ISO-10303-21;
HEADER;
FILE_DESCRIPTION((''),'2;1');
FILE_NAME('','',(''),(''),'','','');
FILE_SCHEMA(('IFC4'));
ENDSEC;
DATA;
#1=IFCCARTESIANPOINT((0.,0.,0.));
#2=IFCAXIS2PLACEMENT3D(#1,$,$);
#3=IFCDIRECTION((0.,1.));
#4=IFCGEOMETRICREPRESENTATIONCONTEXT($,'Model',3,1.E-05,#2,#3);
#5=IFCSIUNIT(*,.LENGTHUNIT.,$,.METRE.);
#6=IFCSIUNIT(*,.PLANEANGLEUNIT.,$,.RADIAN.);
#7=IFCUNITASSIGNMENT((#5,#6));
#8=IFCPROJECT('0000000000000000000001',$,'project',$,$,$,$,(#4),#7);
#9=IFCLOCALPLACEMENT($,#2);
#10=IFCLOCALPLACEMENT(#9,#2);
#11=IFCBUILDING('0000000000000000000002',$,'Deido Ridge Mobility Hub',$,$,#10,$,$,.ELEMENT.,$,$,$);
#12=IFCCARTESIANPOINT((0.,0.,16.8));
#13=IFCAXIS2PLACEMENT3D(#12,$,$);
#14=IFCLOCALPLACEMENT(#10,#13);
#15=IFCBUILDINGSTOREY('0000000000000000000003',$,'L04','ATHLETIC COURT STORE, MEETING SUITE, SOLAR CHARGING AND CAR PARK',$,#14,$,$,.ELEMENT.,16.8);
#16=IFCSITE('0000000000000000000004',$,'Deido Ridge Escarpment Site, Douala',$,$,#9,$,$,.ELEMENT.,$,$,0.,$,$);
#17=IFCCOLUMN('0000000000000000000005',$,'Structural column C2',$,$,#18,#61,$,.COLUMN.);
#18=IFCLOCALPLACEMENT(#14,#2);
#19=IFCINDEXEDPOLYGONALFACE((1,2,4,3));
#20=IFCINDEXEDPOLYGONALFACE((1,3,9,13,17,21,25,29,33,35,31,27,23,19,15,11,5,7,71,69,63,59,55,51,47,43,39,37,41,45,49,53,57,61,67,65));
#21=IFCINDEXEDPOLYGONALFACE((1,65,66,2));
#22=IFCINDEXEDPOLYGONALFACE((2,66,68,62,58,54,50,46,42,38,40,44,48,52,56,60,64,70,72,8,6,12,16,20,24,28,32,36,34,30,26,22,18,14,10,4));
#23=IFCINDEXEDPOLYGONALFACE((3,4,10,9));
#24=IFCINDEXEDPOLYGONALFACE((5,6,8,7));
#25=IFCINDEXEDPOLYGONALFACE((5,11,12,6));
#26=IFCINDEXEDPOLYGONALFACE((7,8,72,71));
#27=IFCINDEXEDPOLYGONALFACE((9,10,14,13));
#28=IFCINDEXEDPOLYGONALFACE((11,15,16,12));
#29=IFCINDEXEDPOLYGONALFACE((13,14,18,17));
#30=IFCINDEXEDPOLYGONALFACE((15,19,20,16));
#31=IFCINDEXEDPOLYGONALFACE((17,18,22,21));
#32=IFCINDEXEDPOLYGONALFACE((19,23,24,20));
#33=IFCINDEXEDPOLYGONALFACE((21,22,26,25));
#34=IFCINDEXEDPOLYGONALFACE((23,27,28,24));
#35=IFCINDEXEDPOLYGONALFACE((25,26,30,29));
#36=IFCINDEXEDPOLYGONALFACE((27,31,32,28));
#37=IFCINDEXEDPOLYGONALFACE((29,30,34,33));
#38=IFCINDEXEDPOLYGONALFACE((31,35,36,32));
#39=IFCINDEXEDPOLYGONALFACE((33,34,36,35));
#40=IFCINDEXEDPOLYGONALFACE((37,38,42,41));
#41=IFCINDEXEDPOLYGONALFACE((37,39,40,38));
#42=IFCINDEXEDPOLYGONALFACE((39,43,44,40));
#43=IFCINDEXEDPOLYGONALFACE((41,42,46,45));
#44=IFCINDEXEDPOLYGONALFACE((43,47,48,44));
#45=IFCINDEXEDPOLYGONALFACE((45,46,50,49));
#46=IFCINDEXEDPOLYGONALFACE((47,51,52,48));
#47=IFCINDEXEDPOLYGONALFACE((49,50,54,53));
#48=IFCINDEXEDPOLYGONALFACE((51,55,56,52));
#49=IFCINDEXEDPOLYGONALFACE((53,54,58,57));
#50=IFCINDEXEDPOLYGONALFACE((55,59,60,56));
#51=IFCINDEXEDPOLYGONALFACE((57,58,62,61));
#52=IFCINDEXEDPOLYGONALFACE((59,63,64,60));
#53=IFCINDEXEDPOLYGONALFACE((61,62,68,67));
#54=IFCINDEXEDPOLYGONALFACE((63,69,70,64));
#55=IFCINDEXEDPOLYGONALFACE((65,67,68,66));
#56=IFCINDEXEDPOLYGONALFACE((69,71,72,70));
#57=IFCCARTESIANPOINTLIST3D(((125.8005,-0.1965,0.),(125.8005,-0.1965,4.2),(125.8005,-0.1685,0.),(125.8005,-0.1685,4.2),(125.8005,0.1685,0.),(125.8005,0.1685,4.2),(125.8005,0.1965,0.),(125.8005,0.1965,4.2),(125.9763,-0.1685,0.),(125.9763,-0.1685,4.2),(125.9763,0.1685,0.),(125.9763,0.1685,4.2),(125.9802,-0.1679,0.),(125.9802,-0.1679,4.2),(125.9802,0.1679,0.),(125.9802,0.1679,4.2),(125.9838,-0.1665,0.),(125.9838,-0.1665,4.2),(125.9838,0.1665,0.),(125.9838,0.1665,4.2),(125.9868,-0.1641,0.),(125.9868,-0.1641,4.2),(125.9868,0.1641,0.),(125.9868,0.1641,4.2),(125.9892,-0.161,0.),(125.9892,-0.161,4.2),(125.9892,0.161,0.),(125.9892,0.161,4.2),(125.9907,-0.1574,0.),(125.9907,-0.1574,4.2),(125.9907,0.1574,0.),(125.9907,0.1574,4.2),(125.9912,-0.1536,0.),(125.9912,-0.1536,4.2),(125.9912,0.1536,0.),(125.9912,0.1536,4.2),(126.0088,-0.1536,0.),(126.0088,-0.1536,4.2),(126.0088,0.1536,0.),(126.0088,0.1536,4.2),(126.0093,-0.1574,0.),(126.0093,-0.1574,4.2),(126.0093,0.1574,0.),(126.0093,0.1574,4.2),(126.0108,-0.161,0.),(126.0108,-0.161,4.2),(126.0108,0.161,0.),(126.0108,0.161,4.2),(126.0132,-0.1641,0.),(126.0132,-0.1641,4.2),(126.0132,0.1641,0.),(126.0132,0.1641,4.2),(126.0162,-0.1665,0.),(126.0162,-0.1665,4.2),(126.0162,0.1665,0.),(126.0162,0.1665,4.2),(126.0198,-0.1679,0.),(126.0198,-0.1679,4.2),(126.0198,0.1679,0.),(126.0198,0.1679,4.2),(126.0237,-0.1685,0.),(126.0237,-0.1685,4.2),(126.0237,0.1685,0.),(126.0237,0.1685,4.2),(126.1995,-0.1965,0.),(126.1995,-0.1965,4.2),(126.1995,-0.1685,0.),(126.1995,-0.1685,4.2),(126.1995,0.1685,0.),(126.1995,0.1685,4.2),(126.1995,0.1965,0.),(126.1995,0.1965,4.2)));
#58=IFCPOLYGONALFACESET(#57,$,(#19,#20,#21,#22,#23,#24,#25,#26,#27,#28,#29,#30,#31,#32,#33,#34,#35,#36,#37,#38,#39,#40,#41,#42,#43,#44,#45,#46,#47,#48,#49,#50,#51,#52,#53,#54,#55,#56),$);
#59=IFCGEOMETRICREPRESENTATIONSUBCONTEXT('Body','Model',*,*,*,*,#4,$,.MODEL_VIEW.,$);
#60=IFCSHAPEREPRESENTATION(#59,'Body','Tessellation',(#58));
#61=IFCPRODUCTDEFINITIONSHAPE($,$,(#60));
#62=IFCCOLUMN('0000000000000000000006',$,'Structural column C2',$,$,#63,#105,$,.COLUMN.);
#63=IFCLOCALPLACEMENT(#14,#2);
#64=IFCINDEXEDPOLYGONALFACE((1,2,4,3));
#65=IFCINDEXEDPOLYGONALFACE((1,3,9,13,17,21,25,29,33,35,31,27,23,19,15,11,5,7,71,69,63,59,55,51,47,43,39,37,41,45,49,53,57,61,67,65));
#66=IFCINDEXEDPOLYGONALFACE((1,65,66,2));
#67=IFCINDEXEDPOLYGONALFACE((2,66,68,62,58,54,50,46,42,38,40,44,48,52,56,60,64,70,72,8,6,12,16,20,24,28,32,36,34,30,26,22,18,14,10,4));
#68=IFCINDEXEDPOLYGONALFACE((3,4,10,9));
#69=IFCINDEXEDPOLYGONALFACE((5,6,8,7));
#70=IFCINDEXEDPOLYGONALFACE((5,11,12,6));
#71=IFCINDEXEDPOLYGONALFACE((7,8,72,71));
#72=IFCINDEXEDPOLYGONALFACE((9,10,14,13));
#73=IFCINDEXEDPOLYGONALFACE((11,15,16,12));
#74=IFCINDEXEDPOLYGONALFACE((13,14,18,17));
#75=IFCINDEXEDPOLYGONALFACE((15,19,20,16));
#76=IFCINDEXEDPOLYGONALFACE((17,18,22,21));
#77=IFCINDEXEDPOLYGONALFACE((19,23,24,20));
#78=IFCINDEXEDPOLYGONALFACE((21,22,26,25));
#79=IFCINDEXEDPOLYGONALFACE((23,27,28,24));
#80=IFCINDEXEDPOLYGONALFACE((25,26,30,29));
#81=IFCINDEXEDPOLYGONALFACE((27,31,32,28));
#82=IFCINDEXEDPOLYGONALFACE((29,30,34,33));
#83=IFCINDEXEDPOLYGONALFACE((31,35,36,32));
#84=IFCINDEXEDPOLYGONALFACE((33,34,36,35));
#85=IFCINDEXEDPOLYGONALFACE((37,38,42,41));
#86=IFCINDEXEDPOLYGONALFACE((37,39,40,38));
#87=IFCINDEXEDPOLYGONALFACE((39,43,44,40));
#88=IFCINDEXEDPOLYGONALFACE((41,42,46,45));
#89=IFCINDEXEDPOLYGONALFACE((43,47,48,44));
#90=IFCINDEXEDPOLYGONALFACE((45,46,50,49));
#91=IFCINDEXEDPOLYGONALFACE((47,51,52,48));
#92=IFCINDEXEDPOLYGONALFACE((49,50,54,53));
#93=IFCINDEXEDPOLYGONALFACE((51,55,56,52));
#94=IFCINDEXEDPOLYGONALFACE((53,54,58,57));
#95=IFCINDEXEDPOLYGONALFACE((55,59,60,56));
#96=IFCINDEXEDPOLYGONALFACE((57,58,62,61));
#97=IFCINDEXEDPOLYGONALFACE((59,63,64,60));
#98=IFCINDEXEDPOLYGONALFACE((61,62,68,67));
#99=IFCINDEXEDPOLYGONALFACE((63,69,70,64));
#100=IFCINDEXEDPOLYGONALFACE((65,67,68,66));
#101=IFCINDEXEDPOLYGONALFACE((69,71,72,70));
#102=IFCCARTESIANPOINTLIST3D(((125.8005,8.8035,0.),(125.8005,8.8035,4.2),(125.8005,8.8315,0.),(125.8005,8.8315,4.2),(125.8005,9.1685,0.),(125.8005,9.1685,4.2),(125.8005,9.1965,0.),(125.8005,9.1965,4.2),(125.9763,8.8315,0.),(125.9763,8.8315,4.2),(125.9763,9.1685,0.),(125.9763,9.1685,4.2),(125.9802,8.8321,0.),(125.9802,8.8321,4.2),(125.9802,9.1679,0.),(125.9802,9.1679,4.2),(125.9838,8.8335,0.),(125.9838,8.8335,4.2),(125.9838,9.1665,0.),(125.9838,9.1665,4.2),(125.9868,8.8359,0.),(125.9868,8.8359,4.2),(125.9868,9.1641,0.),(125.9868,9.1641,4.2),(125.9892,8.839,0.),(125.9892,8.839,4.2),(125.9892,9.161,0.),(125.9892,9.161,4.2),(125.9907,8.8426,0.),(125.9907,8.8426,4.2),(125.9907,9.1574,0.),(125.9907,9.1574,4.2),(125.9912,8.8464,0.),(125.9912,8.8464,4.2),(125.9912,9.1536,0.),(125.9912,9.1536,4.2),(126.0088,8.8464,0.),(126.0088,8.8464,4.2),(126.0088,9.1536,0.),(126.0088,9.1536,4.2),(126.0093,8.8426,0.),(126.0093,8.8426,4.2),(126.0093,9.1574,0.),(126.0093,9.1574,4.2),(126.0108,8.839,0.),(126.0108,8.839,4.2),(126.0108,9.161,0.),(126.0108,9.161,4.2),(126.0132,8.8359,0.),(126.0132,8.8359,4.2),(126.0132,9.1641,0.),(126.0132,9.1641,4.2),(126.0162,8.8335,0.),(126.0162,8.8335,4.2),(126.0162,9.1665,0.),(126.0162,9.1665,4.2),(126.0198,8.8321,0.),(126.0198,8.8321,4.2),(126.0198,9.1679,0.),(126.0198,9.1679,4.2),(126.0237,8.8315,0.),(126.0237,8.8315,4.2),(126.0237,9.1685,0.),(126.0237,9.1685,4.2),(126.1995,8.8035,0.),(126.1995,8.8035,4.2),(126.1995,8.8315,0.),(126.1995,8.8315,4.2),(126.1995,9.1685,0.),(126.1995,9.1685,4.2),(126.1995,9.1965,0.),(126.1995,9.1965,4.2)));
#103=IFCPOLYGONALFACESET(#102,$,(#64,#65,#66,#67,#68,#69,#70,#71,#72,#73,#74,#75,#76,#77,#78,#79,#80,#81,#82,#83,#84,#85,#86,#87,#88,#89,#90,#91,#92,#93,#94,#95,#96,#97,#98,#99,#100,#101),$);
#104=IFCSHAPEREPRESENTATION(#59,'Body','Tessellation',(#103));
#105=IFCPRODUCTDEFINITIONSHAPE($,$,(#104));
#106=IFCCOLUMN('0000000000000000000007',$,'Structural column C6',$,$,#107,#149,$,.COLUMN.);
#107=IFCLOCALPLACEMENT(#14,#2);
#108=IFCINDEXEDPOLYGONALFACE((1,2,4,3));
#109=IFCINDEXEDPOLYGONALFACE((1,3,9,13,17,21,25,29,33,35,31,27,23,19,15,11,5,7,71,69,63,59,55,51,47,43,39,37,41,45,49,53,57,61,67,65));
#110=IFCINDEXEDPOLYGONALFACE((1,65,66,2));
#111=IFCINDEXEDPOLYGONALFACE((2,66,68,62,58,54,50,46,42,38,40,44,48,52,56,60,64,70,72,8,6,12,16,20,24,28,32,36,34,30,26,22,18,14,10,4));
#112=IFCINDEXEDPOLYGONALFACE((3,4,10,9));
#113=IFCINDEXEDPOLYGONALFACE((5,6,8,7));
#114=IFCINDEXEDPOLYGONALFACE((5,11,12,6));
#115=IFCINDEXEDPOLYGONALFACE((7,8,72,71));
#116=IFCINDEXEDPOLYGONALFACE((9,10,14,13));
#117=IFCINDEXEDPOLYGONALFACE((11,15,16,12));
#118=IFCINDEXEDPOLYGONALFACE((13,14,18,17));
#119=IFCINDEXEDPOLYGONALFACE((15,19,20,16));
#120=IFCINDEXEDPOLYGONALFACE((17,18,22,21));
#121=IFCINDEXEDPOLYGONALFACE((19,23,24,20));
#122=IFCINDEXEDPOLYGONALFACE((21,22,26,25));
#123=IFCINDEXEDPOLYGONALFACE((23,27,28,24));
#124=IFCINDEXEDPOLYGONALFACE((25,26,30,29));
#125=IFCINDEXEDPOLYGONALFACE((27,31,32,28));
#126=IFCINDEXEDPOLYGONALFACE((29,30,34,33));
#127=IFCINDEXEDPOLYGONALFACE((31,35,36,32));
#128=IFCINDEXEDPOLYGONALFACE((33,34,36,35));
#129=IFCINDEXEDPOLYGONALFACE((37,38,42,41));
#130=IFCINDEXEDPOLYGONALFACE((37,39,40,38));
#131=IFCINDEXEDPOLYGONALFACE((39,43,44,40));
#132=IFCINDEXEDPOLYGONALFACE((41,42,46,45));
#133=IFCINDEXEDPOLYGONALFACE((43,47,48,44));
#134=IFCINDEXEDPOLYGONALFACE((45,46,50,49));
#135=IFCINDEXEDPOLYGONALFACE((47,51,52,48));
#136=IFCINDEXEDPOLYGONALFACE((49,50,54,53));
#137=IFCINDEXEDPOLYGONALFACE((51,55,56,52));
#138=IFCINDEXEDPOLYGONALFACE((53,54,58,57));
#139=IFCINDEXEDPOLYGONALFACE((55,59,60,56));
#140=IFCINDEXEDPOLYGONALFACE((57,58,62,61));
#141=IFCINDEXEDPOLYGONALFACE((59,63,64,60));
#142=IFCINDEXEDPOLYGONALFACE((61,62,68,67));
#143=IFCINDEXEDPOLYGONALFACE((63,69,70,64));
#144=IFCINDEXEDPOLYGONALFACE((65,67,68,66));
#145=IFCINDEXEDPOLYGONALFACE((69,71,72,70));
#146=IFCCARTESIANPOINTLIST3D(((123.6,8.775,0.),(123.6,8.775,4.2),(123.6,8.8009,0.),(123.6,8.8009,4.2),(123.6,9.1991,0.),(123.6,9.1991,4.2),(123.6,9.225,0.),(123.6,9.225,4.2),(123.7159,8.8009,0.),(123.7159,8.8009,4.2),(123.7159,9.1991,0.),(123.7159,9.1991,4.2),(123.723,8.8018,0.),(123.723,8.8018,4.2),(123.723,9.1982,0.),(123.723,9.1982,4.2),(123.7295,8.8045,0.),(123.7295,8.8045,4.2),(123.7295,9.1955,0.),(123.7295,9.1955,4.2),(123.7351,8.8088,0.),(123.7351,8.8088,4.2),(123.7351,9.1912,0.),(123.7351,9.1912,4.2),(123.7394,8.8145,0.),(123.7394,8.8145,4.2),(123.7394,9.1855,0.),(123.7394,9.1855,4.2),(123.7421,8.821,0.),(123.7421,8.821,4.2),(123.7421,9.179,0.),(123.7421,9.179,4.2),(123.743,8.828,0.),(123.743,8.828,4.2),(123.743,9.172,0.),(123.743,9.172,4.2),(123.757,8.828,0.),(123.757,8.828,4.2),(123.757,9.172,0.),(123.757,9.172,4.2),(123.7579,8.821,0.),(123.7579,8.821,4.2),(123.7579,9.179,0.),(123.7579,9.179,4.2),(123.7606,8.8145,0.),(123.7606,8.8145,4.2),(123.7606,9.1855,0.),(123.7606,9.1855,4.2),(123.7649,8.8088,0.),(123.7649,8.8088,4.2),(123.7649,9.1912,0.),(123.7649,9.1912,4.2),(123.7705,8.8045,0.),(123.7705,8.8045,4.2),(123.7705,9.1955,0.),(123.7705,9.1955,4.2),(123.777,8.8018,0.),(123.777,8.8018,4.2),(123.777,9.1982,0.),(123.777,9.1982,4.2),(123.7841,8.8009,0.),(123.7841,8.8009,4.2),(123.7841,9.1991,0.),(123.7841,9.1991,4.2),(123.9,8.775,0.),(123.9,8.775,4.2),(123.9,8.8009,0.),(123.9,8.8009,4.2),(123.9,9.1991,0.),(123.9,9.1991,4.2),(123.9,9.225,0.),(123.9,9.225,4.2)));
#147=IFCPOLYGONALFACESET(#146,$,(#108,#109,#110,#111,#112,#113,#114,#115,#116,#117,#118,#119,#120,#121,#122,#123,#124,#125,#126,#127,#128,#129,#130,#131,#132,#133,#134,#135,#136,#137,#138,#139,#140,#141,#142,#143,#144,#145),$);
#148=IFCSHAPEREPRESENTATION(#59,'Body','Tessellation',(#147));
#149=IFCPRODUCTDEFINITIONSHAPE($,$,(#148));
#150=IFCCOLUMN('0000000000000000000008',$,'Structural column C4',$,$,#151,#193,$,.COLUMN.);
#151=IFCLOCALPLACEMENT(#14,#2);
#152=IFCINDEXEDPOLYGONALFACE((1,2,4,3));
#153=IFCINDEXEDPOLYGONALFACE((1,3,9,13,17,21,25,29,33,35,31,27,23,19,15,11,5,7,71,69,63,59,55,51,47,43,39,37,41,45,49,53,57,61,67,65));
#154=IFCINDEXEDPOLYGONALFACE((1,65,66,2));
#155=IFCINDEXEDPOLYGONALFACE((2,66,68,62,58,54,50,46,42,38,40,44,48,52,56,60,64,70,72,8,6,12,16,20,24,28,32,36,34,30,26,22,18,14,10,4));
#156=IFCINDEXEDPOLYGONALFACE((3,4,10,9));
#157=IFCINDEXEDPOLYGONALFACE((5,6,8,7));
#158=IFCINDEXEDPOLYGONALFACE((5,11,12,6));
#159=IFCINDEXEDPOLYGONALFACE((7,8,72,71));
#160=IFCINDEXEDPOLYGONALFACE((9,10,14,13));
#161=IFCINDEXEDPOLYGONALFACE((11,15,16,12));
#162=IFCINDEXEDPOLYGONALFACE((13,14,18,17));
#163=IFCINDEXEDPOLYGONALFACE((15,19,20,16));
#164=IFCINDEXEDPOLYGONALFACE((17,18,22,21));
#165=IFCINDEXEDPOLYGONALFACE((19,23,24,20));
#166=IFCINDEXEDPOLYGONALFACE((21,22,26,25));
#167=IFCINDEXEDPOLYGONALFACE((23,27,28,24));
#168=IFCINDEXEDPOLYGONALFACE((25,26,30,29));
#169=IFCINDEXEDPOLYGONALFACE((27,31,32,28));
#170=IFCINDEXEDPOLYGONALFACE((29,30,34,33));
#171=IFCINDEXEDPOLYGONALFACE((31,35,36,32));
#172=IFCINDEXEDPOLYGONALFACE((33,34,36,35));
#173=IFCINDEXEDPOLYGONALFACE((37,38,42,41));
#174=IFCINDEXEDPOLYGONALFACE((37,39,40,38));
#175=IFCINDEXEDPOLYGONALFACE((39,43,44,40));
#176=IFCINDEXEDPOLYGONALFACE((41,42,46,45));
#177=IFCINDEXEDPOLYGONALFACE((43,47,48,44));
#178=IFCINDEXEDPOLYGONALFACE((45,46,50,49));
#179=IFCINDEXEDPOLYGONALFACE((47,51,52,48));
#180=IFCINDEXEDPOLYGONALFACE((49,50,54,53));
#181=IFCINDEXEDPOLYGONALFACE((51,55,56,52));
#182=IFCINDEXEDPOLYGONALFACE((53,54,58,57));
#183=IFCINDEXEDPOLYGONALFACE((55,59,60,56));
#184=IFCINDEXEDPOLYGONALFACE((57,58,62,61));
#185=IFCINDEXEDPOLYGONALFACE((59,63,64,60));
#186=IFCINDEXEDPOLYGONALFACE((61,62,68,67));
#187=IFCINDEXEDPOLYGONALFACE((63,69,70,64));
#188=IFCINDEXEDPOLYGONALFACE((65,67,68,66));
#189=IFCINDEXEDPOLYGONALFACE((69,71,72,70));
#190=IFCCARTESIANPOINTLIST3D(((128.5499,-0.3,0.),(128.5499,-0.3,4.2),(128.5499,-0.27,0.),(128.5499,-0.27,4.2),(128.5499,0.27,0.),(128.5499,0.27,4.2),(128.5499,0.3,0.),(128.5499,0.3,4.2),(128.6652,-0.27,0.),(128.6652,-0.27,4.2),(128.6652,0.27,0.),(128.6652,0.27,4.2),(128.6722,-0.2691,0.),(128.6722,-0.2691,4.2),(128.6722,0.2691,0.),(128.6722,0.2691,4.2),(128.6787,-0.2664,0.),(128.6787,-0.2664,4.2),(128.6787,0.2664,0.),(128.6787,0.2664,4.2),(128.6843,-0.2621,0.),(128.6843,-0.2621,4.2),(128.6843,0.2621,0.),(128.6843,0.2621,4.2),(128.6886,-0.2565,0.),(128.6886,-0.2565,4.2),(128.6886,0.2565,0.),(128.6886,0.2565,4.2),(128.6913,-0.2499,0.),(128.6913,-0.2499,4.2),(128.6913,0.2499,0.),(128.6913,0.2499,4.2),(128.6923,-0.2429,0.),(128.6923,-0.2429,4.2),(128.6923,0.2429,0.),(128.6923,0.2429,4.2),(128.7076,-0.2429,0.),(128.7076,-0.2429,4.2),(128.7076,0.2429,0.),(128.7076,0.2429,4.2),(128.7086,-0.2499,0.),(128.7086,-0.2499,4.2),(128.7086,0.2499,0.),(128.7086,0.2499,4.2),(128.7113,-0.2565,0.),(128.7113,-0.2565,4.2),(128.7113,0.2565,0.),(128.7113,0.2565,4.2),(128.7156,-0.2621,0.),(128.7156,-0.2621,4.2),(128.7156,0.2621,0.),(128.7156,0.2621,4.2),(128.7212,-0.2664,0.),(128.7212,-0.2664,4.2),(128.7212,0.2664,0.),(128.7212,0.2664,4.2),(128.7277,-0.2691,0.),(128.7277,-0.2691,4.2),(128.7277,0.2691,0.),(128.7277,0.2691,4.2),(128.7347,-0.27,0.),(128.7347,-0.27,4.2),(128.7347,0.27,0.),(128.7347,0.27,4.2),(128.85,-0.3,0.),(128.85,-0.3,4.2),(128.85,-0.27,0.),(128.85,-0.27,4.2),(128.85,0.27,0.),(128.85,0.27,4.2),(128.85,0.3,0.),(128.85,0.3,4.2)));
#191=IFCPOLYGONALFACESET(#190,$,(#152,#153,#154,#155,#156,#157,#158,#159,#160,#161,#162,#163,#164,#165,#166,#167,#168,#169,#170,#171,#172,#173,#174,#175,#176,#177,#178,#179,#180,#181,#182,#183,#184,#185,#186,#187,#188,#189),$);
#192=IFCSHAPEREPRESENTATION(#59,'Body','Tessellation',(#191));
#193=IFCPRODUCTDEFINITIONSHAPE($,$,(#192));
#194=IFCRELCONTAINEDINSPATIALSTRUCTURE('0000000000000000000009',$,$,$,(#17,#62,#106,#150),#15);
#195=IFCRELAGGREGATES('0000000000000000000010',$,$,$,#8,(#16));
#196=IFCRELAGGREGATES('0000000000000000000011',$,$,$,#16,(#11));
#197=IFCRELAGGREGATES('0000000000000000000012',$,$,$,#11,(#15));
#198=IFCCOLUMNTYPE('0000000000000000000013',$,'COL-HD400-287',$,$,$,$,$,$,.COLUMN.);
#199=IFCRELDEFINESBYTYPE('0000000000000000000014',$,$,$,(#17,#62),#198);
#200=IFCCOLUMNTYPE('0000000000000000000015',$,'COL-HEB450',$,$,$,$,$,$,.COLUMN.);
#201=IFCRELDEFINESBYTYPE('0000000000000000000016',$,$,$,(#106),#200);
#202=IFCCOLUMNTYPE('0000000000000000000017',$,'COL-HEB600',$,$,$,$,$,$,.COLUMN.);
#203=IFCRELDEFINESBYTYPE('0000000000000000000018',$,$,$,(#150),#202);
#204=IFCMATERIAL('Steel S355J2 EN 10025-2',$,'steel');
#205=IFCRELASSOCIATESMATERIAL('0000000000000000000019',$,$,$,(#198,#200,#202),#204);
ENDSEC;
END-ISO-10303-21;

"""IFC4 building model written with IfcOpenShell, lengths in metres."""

from ifc_helpers import new_model, si_unit, direction, frame, origin, origin_2d, place, context, subcontext, project, spatial, i_section, extrude, material, material_profile, profile_set, type_object, element, save


model = new_model("IFC4")

# Units and contexts
model_context = context("Model", 3, precision=1e-05, world=origin(), true_north=direction((0.0, 1.0)))
body_context = subcontext(model_context, "Body", "Model", "MODEL_VIEW")
ifc_project = project(units=[si_unit("LENGTHUNIT", "METRE"), si_unit("PLANEANGLEUNIT", "RADIAN")], contexts=[model_context])

# Site, building, storey
site_placement = place(None, origin())
site = spatial("IfcSite", under=ifc_project, at=site_placement, Name="Deido Ridge Escarpment Site, Douala", CompositionType="ELEMENT", RefElevation=0.0)
building_placement = place(site_placement, origin())
building = spatial("IfcBuilding", under=site, at=building_placement, Name="Deido Ridge Mobility Hub", CompositionType="ELEMENT")
storey_placement = place(building_placement, frame((0.0, 0.0, 16.8)))
storey = spatial("IfcBuildingStorey", under=building, at=storey_placement, Name="L04", Description="ATHLETIC COURT STORE, MEETING SUITE, SOLAR CHARGING AND CAR PARK", CompositionType="ELEMENT", Elevation=16.8)

# Columns
ifc_material_1 = material(Name="Steel S355J2 EN 10025-2", Category="steel")
ifc_material_profile_1 = material_profile(ifc_material_1, i_section(OverallWidth=0.3989, OverallDepth=0.3931, WebThickness=0.0176, FlangeThickness=0.0281, FilletRadius=0.0149, at=origin_2d()), Name="HD 400x287")
ifc_profile_set_1 = profile_set([ifc_material_profile_1], Name="Steel S355J2 EN 10025-2")
column_type_1 = type_object("IfcColumnType", Name="COL-HD400-287", PredefinedType="COLUMN", material=ifc_profile_set_1)
for number, where, z_axis, x_axis, name in (
    (1, (126.0, 0.0, 0.0), (0.0, 0.0, 1.0), (1.0, 0.0, 0.0), "Structural column C2"),
    (2, (126.0, 9.0, 0.0), (0.0, 0.0, 1.0), (1.0, 0.0, 0.0), "Structural column C2"),
):
    element("IfcColumn", number, at=place(storey_placement, frame(where, z_axis=z_axis, x_axis=x_axis)), inside=storey, type_object=column_type_1, Name=name, PredefinedType="COLUMN", context=body_context, shape_type="SweptSolid", body=[
        extrude(i_section(OverallWidth=0.3989, OverallDepth=0.3931, WebThickness=0.0176, FlangeThickness=0.0281, FilletRadius=0.0149, at=origin_2d()), origin(), (0.0, 0.0, 1.0), 4.2),
    ])
ifc_material_profile_2 = material_profile(ifc_material_1, i_section(OverallWidth=0.3, OverallDepth=0.45, WebThickness=0.0139, FlangeThickness=0.0259, FilletRadius=0.0271, at=origin_2d()), Name="HEB 450")
ifc_profile_set_2 = profile_set([ifc_material_profile_2], Name="Steel S355J2 EN 10025-2")
column_type_2 = type_object("IfcColumnType", Name="COL-HEB450", PredefinedType="COLUMN", material=ifc_profile_set_2)
column_placement = place(storey_placement, frame((123.75, 9.0, 0.0), z_axis=(0.0, 0.0, 1.0), x_axis=(1.0, 0.0, 0.0)))
element("IfcColumn", 3, at=column_placement, inside=storey, type_object=column_type_2, Name="Structural column C6", PredefinedType="COLUMN", context=body_context, shape_type="SweptSolid", body=[
    extrude(i_section(OverallWidth=0.3, OverallDepth=0.45, WebThickness=0.0139, FlangeThickness=0.0259, FilletRadius=0.0271, at=origin_2d()), origin(), (0.0, 0.0, 1.0), 4.2),
])
ifc_material_profile_3 = material_profile(ifc_material_1, i_section(OverallWidth=0.3, OverallDepth=0.6001, WebThickness=0.0154, FlangeThickness=0.03, FilletRadius=0.0271, at=origin_2d()), Name="HEB 600")
ifc_profile_set_3 = profile_set([ifc_material_profile_3], Name="Steel S355J2 EN 10025-2")
column_type_3 = type_object("IfcColumnType", Name="COL-HEB600", PredefinedType="COLUMN", material=ifc_profile_set_3)
for number, where, z_axis, x_axis, name in (
    (4, (128.7, 0.0, 0.0), (0.0, 0.0, 1.0), (1.0, 0.0, 0.0), "Structural column C4"),
):
    element("IfcColumn", number, at=place(storey_placement, frame(where, z_axis=z_axis, x_axis=x_axis)), inside=storey, type_object=column_type_3, Name=name, PredefinedType="COLUMN", context=body_context, shape_type="SweptSolid", body=[
        extrude(i_section(OverallWidth=0.3, OverallDepth=0.6001, WebThickness=0.0154, FlangeThickness=0.03, FilletRadius=0.0271, at=origin_2d()), origin(), (0.0, 0.0, 1.0), 4.2),
    ])

save(model, "model.ifc")
